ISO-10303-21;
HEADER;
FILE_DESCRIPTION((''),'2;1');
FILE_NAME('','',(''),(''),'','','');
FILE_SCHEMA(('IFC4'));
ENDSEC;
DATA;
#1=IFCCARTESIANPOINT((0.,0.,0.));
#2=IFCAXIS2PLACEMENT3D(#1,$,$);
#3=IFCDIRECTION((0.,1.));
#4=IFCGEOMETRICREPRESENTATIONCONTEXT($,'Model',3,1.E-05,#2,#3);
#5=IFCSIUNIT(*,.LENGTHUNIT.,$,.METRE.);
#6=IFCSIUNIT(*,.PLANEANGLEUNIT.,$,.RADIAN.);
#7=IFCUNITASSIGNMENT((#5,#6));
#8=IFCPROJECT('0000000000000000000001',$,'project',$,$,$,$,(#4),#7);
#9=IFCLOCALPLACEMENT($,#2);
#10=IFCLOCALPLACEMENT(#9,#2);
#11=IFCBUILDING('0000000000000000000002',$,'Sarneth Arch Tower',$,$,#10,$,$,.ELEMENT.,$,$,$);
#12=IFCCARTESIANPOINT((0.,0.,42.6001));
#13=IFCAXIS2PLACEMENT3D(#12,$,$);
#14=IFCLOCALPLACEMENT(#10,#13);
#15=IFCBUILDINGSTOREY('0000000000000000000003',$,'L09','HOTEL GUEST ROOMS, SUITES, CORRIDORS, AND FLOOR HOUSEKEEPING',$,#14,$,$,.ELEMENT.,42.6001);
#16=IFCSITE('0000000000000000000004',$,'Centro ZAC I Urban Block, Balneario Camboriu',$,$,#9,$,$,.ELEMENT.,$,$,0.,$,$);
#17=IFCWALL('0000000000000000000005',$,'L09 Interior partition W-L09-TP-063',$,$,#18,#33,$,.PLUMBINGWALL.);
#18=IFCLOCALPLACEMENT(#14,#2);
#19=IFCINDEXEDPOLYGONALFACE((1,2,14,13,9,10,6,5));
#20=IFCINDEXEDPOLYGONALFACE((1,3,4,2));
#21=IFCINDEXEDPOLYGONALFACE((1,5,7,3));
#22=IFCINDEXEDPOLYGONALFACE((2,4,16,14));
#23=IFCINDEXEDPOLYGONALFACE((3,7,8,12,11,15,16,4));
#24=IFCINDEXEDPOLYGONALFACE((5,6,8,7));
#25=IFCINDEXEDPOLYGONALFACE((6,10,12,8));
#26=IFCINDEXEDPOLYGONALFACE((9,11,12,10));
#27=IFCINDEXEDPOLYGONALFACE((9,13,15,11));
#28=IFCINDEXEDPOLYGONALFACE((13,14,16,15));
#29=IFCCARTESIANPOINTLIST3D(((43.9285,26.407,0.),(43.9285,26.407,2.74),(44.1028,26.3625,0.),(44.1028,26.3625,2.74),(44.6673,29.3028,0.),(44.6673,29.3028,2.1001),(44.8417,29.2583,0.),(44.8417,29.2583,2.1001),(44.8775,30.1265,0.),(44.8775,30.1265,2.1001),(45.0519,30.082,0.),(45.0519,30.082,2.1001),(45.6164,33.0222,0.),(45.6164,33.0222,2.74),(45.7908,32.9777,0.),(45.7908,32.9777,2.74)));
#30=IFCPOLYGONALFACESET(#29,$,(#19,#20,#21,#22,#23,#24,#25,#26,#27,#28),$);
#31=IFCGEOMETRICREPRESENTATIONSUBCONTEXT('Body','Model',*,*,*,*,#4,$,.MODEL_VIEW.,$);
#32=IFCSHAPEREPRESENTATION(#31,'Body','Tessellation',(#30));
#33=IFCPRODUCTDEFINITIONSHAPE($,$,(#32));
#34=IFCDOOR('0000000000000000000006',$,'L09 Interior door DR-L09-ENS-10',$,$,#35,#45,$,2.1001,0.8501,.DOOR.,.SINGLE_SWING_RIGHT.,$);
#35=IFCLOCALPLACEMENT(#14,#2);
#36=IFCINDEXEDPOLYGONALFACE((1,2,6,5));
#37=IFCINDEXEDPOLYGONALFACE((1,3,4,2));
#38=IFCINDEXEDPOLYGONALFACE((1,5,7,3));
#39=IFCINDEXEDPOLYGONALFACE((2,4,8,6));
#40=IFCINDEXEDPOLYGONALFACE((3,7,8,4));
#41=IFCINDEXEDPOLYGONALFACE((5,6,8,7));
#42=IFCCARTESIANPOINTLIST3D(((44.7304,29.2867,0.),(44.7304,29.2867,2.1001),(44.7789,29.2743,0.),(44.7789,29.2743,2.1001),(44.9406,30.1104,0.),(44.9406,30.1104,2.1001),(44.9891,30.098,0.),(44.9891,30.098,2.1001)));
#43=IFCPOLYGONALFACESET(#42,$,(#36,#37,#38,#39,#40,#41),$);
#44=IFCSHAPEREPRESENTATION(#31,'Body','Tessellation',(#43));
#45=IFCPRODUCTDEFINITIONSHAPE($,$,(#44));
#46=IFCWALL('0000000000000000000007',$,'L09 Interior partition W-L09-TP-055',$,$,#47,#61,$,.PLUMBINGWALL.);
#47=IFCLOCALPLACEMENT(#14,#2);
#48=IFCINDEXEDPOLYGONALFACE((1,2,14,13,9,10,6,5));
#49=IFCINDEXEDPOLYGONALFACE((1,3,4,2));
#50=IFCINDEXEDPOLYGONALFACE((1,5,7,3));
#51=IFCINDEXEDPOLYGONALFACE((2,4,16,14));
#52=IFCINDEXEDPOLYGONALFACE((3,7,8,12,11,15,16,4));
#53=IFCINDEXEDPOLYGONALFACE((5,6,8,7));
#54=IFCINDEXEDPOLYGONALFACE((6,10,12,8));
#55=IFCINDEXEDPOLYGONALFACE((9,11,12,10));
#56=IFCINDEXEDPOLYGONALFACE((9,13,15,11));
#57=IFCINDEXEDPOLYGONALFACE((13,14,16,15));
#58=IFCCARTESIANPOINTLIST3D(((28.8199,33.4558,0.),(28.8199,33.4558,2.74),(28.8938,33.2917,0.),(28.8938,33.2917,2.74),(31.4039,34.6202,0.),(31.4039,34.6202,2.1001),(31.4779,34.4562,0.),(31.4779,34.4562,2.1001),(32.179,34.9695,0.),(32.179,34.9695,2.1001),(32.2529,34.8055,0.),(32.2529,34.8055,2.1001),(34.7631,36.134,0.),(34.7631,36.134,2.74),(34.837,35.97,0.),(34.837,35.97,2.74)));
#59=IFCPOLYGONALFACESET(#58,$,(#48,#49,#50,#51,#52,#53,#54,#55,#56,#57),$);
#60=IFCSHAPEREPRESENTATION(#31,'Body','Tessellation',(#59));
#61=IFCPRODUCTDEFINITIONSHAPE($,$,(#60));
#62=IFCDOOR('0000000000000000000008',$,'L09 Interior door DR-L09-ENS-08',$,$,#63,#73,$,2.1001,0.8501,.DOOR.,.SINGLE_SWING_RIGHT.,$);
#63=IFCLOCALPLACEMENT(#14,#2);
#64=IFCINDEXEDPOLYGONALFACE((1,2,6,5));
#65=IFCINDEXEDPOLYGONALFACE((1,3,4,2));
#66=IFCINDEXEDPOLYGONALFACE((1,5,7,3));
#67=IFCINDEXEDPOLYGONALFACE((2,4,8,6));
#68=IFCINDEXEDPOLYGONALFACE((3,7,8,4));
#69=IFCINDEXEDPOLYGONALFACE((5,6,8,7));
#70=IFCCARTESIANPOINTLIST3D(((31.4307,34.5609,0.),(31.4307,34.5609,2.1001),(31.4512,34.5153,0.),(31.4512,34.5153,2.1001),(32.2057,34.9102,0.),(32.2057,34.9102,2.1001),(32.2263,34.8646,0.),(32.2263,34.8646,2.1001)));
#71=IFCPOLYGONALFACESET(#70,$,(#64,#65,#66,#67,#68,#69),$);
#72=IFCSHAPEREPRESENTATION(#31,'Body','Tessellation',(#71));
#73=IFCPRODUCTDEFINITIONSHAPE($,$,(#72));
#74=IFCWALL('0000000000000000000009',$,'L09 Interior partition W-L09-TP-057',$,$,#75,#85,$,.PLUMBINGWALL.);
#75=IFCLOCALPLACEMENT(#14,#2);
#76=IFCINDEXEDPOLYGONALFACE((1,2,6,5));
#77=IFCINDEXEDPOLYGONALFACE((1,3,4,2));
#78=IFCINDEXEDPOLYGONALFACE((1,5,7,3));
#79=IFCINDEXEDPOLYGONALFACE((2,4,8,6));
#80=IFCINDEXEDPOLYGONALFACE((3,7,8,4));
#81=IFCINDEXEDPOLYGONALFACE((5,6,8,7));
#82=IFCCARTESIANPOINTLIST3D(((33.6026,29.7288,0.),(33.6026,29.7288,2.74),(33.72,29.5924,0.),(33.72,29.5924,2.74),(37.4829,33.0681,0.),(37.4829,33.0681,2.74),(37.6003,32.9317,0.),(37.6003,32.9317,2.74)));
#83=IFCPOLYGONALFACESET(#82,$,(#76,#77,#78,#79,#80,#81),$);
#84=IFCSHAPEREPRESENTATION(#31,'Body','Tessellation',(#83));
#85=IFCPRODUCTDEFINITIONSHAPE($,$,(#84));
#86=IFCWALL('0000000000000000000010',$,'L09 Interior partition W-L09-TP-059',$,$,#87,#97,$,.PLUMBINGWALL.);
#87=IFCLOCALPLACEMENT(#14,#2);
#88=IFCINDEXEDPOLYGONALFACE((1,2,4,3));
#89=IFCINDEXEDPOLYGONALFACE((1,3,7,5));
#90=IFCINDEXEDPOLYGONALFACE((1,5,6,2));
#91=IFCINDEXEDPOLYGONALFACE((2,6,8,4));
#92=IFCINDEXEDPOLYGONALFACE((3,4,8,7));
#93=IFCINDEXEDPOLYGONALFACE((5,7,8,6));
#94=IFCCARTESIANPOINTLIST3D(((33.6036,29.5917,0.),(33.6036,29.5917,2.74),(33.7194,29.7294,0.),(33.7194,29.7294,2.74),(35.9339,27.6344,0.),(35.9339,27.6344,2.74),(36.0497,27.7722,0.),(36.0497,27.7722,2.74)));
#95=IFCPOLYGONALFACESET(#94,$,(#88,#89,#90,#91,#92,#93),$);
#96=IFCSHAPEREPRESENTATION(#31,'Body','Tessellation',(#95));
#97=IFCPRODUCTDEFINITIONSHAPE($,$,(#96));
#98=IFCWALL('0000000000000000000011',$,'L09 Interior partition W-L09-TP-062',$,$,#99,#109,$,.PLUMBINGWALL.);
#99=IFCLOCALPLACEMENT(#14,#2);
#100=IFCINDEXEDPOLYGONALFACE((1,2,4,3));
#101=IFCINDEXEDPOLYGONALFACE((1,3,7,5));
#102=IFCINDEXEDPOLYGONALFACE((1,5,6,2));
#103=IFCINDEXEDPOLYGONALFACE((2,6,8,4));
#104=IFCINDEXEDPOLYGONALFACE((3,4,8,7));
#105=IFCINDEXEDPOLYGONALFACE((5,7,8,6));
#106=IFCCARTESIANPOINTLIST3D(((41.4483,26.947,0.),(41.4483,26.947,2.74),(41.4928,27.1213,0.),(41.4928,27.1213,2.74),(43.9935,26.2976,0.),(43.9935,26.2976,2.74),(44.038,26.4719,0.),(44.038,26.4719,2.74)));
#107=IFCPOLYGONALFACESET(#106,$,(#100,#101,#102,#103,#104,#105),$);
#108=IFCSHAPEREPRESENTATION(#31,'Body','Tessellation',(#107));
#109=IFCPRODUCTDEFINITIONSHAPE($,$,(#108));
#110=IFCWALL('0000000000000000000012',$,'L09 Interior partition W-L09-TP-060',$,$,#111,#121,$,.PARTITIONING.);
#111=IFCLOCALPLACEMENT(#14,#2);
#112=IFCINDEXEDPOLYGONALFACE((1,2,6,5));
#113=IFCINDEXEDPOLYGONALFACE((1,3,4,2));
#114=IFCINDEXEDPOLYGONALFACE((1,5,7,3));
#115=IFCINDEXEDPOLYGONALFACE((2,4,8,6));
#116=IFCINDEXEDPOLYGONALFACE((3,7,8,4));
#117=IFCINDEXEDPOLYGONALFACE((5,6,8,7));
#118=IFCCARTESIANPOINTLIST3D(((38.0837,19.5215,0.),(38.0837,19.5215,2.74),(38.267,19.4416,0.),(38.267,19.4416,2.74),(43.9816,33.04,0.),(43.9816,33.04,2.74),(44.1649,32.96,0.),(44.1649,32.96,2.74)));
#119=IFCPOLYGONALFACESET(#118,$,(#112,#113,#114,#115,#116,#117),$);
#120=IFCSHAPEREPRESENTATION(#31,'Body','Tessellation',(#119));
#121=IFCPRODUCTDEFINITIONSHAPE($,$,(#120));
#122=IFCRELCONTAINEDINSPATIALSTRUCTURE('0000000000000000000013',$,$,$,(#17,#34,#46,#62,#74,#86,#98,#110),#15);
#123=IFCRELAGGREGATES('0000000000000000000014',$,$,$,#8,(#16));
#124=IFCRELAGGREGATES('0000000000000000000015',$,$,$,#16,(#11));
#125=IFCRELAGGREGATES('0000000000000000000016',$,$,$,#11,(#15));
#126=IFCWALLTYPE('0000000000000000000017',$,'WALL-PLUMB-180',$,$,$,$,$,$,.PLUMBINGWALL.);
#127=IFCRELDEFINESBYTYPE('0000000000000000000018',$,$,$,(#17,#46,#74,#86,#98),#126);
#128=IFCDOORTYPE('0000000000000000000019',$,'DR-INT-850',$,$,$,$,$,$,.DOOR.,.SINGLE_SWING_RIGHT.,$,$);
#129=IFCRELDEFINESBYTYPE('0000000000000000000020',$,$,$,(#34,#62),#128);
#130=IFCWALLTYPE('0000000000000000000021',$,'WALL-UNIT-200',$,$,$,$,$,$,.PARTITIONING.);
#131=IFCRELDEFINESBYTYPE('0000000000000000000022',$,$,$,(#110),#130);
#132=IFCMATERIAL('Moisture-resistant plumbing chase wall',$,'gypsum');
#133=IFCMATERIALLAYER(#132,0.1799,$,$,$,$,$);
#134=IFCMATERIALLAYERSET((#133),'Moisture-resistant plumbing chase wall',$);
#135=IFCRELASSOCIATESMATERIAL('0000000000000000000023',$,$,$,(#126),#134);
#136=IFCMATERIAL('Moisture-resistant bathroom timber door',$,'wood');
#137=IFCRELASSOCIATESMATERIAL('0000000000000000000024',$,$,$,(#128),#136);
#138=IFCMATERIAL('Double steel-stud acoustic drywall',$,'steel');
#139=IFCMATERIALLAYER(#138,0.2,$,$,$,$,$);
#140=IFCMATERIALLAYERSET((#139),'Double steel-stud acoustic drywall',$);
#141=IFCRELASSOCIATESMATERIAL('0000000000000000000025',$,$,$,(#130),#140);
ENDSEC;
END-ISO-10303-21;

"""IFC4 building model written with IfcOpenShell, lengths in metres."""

from ifc_helpers import new_model, si_unit, direction, frame, frame_2d, origin, place, context, subcontext, project, spatial, rectangle, extrude, material, layer, layer_set, type_object, element, fill, save


model = new_model("IFC4")

# Units and contexts
model_context = context("Model", 3, precision=1e-05, world=origin(), true_north=direction((0.0, 1.0)))
body_context = subcontext(model_context, "Body", "Model", "MODEL_VIEW")
ifc_project = project(units=[si_unit("LENGTHUNIT", "METRE"), si_unit("PLANEANGLEUNIT", "RADIAN")], contexts=[model_context])

# Site, building, storey
site_placement = place(None, origin())
site = spatial("IfcSite", under=ifc_project, at=site_placement, Name="Centro ZAC I Urban Block, Balneario Camboriu", CompositionType="ELEMENT", RefElevation=0.0)
building_placement = place(site_placement, origin())
building = spatial("IfcBuilding", under=site, at=building_placement, Name="Sarneth Arch Tower", CompositionType="ELEMENT")
storey_placement = place(building_placement, frame((0.0, 0.0, 42.6001)))
storey = spatial("IfcBuildingStorey", under=building, at=storey_placement, Name="L09", Description="HOTEL GUEST ROOMS, SUITES, CORRIDORS, AND FLOOR HOUSEKEEPING", CompositionType="ELEMENT", Elevation=42.6001)

# Walls, openings, doors
ifc_material_1 = material(Name="Moisture-resistant plumbing chase wall", Category="gypsum")
ifc_layer_1 = layer(ifc_material_1, 0.1799)
ifc_layer_set_1 = layer_set([ifc_layer_1], Name="Moisture-resistant plumbing chase wall")
wall_type_1 = type_object("IfcWallType", Name="WALL-PLUMB-180", PredefinedType="PLUMBINGWALL", material=ifc_layer_set_1)
ifc_material_2 = material(Name="Moisture-resistant bathroom timber door", Category="wood")
door_type_1 = type_object("IfcDoorType", Name="DR-INT-850", OperationType="SINGLE_SWING_RIGHT", PredefinedType="DOOR", material=ifc_material_2)
wall_1_placement = place(storey_placement, frame((44.0156, 26.3848, 0.0), z_axis=(0.0, 0.0, 1.0), x_axis=(0.247245, 0.968953, 0.0)))
wall_1 = element("IfcWall", 1, at=wall_1_placement, inside=storey, type_object=wall_type_1, Name="L09 Interior partition W-L09-TP-063", PredefinedType="PLUMBINGWALL", context=body_context, shape_type="SweptSolid", body=[
    extrude(rectangle(XDim=6.8271, YDim=0.1799, at=frame_2d((3.4136, 0.0))), origin(), (0.0, 0.0, 1.0), 2.74),
])
opening_1_placement = place(wall_1_placement, frame((2.9885, 0.0, 0.0)))
opening_1 = element("IfcOpeningElement", 2, at=opening_1_placement, cuts=wall_1, PredefinedType="OPENING", context=body_context, shape_type="SweptSolid", body=[
    extrude(rectangle(XDim=0.8501, YDim=2.1001, at=frame_2d((0.425, 1.05))), frame((0.0, 0.0999, 0.0), z_axis=(0.0, -1.0, 0.0), x_axis=(1.0, 0.0, 0.0)), (0.0, 0.0, 1.0), 0.2),
])
door_1_placement = place(opening_1_placement, origin())
door_1 = element("IfcDoor", 3, at=door_1_placement, inside=storey, type_object=door_type_1, Name="L09 Interior door DR-L09-ENS-10", OperationType="SINGLE_SWING_RIGHT", OverallHeight=2.1001, OverallWidth=0.8501, PredefinedType="DOOR", context=body_context, shape_type="SweptSolid", body=[
    extrude(rectangle(XDim=0.8501, YDim=2.1001, at=frame_2d((0.425, 1.05))), frame((0.0, 0.0249, 0.0), z_axis=(0.0, -1.0, 0.0), x_axis=(1.0, 0.0, 0.0)), (0.0, 0.0, 1.0), 0.05),
])
fill(opening_1, door_1)
wall_2_placement = place(storey_placement, frame((28.8569, 33.3738, 0.0), z_axis=(0.0, 0.0, 1.0), x_axis=(0.911702, 0.410852, 0.0)))
wall_2 = element("IfcWall", 4, at=wall_2_placement, inside=storey, type_object=wall_type_1, Name="L09 Interior partition W-L09-TP-055", PredefinedType="PLUMBINGWALL", context=body_context, shape_type="SweptSolid", body=[
    extrude(rectangle(XDim=6.5188, YDim=0.1799, at=frame_2d((3.2593, 0.0))), origin(), (0.0, 0.0, 1.0), 2.74),
])
opening_2_placement = place(wall_2_placement, frame((2.8342, 0.0, 0.0)))
opening_2 = element("IfcOpeningElement", 5, at=opening_2_placement, cuts=wall_2, PredefinedType="OPENING", context=body_context, shape_type="SweptSolid", body=[
    extrude(rectangle(XDim=0.8501, YDim=2.1001, at=frame_2d((0.425, 1.05))), frame((0.0, 0.0999, 0.0), z_axis=(0.0, -1.0, 0.0), x_axis=(1.0, 0.0, 0.0)), (0.0, 0.0, 1.0), 0.2),
])
door_2_placement = place(opening_2_placement, origin())
door_2 = element("IfcDoor", 6, at=door_2_placement, inside=storey, type_object=door_type_1, Name="L09 Interior door DR-L09-ENS-08", OperationType="SINGLE_SWING_RIGHT", OverallHeight=2.1001, OverallWidth=0.8501, PredefinedType="DOOR", context=body_context, shape_type="SweptSolid", body=[
    extrude(rectangle(XDim=0.8501, YDim=2.1001, at=frame_2d((0.425, 1.05))), frame((0.0, 0.0249, 0.0), z_axis=(0.0, -1.0, 0.0), x_axis=(1.0, 0.0, 0.0)), (0.0, 0.0, 1.0), 0.05),
])
fill(opening_2, door_2)

# Walls
wall_3_placement = place(storey_placement, frame((33.6614, 29.6606, 0.0), z_axis=(0.0, 0.0, 1.0), x_axis=(0.757969, 0.65229, 0.0)))
element("IfcWall", 7, at=wall_3_placement, inside=storey, type_object=wall_type_1, Name="L09 Interior partition W-L09-TP-057", PredefinedType="PLUMBINGWALL", context=body_context, shape_type="SweptSolid", body=[
    extrude(rectangle(XDim=5.1194, YDim=0.1799, at=frame_2d((2.5596, 0.0))), origin(), (0.0, 0.0, 1.0), 2.74),
])
wall_4_placement = place(storey_placement, frame((35.9917, 27.7034, 0.0), z_axis=(0.0, 0.0, 1.0), x_axis=(-0.765736, 0.643154, 0.0)))
element("IfcWall", 8, at=wall_4_placement, inside=storey, type_object=wall_type_1, Name="L09 Interior partition W-L09-TP-059", PredefinedType="PLUMBINGWALL", context=body_context, shape_type="SweptSolid", body=[
    extrude(rectangle(XDim=3.0432, YDim=0.1799, at=frame_2d((1.5215, 0.0))), origin(), (0.0, 0.0, 1.0), 2.74),
])
wall_5_placement = place(storey_placement, frame((41.4705, 27.0342, 0.0), z_axis=(0.0, 0.0, 1.0), x_axis=(0.968956, -0.247235, 0.0)))
element("IfcWall", 9, at=wall_5_placement, inside=storey, type_object=wall_type_1, Name="L09 Interior partition W-L09-TP-062", PredefinedType="PLUMBINGWALL", context=body_context, shape_type="SweptSolid", body=[
    extrude(rectangle(XDim=2.6267, YDim=0.1799, at=frame_2d((1.3135, 0.0))), origin(), (0.0, 0.0, 1.0), 2.74),
])
ifc_material_3 = material(Name="Double steel-stud acoustic drywall", Category="steel")
ifc_layer_2 = layer(ifc_material_3, 0.2)
ifc_layer_set_2 = layer_set([ifc_layer_2], Name="Double steel-stud acoustic drywall")
wall_type_2 = type_object("IfcWallType", Name="WALL-UNIT-200", PredefinedType="PARTITIONING", material=ifc_layer_set_2)
wall_6_placement = place(storey_placement, frame((44.0732, 33.0, 0.0), z_axis=(0.0, 0.0, 1.0), x_axis=(-0.399884, -0.916566, 0.0)))
element("IfcWall", 10, at=wall_6_placement, inside=storey, type_object=wall_type_2, Name="L09 Interior partition W-L09-TP-060", PredefinedType="PARTITIONING", context=body_context, shape_type="SweptSolid", body=[
    extrude(rectangle(XDim=14.749, YDim=0.2, at=frame_2d((7.3745, 0.0))), origin(), (0.0, 0.0, 1.0), 2.74),
])

save(model, "model.ifc")
